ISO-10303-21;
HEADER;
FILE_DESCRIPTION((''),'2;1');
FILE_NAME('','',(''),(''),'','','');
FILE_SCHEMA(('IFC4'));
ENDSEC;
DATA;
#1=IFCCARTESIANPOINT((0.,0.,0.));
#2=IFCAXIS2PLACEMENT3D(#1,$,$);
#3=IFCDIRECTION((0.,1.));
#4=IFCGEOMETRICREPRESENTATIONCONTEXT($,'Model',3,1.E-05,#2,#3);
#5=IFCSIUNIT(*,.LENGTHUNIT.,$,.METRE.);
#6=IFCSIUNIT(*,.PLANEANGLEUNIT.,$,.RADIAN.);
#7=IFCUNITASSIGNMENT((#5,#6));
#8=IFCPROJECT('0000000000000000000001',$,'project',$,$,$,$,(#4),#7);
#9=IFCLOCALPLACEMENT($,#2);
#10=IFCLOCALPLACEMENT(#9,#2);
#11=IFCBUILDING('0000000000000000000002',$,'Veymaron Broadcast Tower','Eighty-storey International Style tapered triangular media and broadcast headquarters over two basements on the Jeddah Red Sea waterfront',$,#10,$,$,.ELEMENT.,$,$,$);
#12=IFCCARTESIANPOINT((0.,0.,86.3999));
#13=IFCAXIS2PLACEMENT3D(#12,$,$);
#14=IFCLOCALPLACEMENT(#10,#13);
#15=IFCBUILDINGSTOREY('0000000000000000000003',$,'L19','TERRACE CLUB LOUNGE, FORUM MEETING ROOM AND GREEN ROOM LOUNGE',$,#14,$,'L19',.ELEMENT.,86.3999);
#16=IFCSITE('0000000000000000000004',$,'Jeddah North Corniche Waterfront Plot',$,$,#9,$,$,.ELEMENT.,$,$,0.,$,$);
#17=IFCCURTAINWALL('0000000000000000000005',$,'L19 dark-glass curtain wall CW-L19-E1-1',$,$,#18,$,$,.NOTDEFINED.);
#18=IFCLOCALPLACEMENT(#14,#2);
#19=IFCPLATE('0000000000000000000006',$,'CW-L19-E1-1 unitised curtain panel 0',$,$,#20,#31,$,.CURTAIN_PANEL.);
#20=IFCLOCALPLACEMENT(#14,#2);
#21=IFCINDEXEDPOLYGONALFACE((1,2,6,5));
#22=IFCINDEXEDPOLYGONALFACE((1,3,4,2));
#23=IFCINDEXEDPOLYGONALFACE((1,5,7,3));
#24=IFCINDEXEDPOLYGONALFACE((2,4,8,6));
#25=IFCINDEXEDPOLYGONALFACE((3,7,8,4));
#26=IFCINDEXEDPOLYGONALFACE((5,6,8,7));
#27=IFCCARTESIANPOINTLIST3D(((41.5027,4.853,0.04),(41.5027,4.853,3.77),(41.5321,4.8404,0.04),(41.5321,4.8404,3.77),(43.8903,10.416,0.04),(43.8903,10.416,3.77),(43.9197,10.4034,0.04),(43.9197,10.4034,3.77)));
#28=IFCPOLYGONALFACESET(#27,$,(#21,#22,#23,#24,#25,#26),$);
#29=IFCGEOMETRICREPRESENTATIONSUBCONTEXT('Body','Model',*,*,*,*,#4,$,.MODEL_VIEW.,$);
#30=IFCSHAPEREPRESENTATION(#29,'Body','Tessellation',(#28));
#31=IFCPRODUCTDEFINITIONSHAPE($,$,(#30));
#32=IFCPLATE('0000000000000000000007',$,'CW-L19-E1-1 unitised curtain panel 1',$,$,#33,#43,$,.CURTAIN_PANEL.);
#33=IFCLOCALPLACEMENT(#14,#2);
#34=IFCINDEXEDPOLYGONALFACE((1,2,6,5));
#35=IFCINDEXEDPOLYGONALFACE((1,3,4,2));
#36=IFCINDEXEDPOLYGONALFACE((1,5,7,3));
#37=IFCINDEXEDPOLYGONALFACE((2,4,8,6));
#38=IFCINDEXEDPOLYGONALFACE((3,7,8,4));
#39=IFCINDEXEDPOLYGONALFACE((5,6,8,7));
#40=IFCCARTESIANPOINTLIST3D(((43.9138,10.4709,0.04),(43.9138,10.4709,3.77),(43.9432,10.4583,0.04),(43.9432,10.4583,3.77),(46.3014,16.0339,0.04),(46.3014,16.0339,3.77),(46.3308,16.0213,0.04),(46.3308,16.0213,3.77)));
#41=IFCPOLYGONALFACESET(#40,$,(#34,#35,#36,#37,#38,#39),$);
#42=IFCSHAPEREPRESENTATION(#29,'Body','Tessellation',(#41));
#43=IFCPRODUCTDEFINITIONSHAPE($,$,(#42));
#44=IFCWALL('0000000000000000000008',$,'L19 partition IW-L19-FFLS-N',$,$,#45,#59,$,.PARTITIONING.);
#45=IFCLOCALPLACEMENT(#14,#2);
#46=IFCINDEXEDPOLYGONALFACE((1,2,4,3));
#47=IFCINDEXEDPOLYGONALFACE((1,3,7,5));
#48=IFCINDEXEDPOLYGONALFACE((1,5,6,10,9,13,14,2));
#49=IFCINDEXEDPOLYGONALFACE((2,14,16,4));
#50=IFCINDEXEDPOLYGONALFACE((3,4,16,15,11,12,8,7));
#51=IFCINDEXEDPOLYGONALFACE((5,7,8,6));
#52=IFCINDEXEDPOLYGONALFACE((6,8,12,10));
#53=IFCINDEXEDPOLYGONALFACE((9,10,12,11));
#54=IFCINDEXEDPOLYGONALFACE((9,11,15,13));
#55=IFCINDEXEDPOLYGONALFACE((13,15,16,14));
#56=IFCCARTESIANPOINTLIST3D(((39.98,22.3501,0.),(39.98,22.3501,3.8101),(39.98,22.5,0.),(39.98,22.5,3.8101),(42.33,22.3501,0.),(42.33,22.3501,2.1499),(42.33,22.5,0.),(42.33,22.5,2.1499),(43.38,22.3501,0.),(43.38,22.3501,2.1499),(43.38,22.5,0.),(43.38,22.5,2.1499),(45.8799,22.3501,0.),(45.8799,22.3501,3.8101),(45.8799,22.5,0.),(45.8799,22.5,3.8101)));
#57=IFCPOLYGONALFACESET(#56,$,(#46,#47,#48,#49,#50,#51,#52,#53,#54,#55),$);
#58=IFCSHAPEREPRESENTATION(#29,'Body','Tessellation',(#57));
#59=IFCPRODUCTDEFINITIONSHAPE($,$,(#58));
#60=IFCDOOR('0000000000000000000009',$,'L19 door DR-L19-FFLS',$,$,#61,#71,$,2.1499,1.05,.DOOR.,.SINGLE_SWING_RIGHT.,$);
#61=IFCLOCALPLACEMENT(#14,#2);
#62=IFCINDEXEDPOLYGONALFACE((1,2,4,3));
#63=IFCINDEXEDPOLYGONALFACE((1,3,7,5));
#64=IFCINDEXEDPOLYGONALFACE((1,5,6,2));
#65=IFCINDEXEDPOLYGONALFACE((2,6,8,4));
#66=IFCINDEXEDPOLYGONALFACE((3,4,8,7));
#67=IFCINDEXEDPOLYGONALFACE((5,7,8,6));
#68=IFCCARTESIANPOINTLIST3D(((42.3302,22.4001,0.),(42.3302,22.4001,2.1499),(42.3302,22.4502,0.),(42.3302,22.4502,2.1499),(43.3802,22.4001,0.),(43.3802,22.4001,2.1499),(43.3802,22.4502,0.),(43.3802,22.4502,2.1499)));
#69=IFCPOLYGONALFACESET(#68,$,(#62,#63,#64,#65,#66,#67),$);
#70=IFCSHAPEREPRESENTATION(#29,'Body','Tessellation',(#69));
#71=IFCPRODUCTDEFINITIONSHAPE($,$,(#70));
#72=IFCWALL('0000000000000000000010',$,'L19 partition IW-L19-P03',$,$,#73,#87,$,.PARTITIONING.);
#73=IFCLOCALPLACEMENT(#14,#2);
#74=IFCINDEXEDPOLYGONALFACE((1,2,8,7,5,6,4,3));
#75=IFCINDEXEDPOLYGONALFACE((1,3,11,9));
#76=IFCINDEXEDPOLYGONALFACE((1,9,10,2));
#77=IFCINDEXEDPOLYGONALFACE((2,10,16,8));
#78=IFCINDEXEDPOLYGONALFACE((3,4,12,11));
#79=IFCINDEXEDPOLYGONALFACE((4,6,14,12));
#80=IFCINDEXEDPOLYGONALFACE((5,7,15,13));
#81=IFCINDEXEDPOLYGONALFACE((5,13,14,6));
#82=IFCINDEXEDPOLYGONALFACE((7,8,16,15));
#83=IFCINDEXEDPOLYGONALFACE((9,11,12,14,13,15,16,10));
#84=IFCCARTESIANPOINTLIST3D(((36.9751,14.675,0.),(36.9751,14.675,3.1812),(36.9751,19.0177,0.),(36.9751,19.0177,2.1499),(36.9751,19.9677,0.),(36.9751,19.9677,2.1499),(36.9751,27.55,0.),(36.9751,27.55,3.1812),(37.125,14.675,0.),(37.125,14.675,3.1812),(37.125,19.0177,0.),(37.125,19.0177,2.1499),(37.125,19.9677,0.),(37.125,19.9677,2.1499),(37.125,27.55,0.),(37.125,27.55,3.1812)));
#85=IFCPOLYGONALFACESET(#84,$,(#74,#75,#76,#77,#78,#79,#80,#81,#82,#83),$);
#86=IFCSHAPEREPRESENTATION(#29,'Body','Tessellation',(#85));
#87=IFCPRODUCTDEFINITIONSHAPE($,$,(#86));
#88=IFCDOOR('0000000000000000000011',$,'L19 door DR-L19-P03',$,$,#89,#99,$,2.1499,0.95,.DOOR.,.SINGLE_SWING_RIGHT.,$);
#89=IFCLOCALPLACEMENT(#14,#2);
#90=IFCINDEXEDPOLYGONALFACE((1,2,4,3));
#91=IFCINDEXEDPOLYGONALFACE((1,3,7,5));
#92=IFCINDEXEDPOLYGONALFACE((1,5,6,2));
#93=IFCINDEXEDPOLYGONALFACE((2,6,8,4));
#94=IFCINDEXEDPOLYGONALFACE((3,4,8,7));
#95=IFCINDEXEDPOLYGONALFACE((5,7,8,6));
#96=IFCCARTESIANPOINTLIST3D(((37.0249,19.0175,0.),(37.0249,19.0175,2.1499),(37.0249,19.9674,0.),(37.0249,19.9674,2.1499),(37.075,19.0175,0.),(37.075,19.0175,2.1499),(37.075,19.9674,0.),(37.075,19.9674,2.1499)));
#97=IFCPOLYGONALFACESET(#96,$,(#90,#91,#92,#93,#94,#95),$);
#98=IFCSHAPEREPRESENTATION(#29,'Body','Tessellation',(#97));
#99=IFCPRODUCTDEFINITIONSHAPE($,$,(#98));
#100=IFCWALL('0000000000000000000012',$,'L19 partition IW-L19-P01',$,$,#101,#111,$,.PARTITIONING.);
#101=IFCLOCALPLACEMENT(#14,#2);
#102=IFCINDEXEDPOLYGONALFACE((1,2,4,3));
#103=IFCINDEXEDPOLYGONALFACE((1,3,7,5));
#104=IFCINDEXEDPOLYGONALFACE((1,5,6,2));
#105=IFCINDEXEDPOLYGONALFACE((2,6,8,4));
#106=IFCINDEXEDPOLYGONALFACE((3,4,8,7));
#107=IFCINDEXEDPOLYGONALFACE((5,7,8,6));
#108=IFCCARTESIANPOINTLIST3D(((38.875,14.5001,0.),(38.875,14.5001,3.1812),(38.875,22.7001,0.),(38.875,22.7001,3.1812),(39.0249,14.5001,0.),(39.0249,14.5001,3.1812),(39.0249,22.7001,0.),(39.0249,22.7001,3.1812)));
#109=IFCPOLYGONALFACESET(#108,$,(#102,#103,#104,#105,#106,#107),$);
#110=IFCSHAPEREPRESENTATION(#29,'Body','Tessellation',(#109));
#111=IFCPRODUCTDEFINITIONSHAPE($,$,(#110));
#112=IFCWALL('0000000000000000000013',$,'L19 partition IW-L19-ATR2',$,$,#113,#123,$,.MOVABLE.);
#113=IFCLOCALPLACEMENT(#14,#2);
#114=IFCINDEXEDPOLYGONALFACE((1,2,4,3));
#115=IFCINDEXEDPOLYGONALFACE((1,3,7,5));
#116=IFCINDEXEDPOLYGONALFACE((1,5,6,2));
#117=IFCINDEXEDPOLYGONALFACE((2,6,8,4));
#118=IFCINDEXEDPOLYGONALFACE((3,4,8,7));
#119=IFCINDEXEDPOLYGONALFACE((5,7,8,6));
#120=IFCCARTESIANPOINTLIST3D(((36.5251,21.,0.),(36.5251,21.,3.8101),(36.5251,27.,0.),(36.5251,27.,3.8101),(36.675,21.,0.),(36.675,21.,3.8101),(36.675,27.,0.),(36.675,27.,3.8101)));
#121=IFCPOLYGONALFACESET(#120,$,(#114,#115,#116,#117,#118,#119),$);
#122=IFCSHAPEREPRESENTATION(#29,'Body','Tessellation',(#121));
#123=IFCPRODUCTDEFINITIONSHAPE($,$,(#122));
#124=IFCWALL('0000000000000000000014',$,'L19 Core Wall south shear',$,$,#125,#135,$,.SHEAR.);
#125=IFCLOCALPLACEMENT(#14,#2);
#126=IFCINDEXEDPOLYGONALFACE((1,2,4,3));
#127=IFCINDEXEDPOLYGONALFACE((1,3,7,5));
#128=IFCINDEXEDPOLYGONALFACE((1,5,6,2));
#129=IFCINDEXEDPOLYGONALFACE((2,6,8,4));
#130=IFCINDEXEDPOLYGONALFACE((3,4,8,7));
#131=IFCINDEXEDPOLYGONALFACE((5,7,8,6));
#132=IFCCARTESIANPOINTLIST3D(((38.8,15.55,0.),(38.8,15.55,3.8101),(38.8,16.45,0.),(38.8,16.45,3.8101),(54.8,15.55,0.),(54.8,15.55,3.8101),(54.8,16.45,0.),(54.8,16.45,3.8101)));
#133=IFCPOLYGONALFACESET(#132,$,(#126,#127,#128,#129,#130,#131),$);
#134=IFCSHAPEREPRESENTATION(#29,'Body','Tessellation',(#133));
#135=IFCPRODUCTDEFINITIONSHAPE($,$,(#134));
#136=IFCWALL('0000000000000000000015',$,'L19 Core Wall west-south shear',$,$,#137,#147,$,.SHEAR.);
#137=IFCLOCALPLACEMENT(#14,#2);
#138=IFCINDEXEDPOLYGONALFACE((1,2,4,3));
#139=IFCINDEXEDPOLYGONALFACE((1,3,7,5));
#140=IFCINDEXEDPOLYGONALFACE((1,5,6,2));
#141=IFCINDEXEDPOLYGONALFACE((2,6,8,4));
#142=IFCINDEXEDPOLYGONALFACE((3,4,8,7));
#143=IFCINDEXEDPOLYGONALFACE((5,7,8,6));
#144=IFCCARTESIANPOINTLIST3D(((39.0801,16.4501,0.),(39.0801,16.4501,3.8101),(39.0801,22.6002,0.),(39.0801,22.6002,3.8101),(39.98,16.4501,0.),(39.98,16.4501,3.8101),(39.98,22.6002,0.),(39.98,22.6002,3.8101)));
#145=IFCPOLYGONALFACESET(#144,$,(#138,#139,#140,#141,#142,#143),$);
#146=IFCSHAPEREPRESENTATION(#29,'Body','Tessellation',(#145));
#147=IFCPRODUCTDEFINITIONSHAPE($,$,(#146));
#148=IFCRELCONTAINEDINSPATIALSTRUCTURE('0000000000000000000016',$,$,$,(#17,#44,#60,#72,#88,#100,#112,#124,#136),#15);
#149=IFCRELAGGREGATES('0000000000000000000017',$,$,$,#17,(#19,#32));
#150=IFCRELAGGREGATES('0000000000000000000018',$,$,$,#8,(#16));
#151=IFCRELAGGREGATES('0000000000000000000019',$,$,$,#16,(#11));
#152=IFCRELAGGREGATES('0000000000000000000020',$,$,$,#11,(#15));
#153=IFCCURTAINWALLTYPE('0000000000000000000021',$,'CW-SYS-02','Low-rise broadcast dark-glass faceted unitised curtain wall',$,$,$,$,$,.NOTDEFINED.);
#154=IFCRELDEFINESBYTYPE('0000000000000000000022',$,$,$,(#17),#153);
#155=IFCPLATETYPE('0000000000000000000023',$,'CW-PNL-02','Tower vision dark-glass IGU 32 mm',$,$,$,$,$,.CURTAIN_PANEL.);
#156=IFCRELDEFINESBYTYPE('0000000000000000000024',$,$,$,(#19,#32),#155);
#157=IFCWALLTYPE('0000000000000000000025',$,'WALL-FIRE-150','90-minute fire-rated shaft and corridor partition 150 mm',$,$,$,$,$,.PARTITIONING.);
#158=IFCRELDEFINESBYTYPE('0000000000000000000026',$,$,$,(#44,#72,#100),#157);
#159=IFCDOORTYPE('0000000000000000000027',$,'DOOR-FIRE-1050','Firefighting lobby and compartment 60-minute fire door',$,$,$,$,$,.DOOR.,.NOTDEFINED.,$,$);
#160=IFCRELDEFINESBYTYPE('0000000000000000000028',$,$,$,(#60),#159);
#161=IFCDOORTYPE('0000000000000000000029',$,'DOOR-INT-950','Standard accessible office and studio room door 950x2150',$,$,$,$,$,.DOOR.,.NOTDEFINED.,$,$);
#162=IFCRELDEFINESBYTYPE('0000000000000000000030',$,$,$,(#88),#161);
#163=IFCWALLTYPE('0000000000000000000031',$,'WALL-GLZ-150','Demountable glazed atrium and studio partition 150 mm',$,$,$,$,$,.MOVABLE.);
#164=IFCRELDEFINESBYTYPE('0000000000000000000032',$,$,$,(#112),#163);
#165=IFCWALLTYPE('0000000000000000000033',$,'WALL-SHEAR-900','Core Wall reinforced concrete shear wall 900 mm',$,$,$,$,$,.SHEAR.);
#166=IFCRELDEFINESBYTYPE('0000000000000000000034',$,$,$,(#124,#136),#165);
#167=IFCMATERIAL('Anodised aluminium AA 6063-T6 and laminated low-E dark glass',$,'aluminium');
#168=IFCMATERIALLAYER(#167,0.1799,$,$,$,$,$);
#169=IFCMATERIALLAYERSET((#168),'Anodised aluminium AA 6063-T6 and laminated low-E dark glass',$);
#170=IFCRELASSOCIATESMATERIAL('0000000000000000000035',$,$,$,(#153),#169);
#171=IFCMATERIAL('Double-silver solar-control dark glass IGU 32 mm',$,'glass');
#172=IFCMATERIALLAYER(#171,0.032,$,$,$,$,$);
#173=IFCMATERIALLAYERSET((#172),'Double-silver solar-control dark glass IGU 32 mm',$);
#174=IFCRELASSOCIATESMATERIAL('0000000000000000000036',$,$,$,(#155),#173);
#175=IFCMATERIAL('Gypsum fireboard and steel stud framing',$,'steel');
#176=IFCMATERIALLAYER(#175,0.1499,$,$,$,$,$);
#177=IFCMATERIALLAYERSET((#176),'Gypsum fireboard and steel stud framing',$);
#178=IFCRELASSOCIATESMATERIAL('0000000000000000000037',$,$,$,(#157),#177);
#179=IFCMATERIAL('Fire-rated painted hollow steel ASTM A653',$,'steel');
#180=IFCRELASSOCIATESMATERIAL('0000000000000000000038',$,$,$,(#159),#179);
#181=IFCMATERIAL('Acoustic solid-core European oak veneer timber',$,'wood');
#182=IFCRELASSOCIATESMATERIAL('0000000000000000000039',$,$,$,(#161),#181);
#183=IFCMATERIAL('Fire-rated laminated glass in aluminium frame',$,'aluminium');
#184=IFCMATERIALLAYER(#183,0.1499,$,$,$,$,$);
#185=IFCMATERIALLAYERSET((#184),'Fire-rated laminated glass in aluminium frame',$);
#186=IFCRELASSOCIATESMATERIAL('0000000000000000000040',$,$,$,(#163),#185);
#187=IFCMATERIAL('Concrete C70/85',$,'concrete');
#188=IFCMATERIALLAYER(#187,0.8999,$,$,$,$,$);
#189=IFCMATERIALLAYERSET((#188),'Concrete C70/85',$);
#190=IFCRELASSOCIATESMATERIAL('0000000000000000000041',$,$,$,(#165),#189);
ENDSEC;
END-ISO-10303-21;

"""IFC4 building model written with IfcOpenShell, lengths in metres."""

from ifc_helpers import new_model, si_unit, direction, frame, frame_2d, origin, origin_2d, place, context, subcontext, project, spatial, rectangle, extrude, material, layer, layer_set, type_object, element, fill, aggregate, save


model = new_model("IFC4")

# Units and contexts
model_context = context("Model", 3, precision=1e-05, world=origin(), true_north=direction((0.0, 1.0)))
body_context = subcontext(model_context, "Body", "Model", "MODEL_VIEW")
ifc_project = project(units=[si_unit("LENGTHUNIT", "METRE"), si_unit("PLANEANGLEUNIT", "RADIAN")], contexts=[model_context])

# Site, building, storey
site_placement = place(None, origin())
site = spatial("IfcSite", under=ifc_project, at=site_placement, Name="Jeddah North Corniche Waterfront Plot", CompositionType="ELEMENT", RefElevation=0.0)
building_placement = place(site_placement, origin())
building = spatial("IfcBuilding", under=site, at=building_placement, Name="Veymaron Broadcast Tower", Description="Eighty-storey International Style tapered triangular media and broadcast headquarters over two basements on the Jeddah Red Sea waterfront", CompositionType="ELEMENT")
storey_placement = place(building_placement, frame((0.0, 0.0, 86.3999)))
storey = spatial("IfcBuildingStorey", under=building, at=storey_placement, Name="L19", Description="TERRACE CLUB LOUNGE, FORUM MEETING ROOM AND GREEN ROOM LOUNGE", LongName="L19", CompositionType="ELEMENT", Elevation=86.3999)

# Shared definitions
ifc_material_1 = material(Name="Concrete C70/85", Category="concrete")

# Curtain wall, plates
ifc_material_2 = material(Name="Anodised aluminium AA 6063-T6 and laminated low-E dark glass", Category="aluminium")
ifc_layer_1 = layer(ifc_material_2, 0.1799)
ifc_layer_set_1 = layer_set([ifc_layer_1], Name="Anodised aluminium AA 6063-T6 and laminated low-E dark glass")
curtain_wall_type = type_object("IfcCurtainWallType", Name="CW-SYS-02", Description="Low-rise broadcast dark-glass faceted unitised curtain wall", PredefinedType="NOTDEFINED", material=ifc_layer_set_1)
curtain_wall_placement = place(storey_placement, origin())
curtain_wall = element("IfcCurtainWall", 1, at=curtain_wall_placement, inside=storey, type_object=curtain_wall_type, Name="L19 dark-glass curtain wall CW-L19-E1-1", PredefinedType="NOTDEFINED")
ifc_material_3 = material(Name="Double-silver solar-control dark glass IGU 32 mm", Category="glass")
ifc_layer_2 = layer(ifc_material_3, 0.032)
ifc_layer_set_2 = layer_set([ifc_layer_2], Name="Double-silver solar-control dark glass IGU 32 mm")
plate_type = type_object("IfcPlateType", Name="CW-PNL-02", Description="Tower vision dark-glass IGU 32 mm", PredefinedType="CURTAIN_PANEL", material=ifc_layer_set_2)
plate_1_placement = place(storey_placement, frame((42.7112, 7.6282, 0.04), z_axis=(0.0, 0.0, 1.0), x_axis=(0.394407, 0.918936, 0.0)))
plate_1 = element("IfcPlate", 2, at=plate_1_placement, type_object=plate_type, Name="CW-L19-E1-1 unitised curtain panel 0", PredefinedType="CURTAIN_PANEL", context=body_context, shape_type="SweptSolid", body=[
    extrude(rectangle(XDim=6.0537, YDim=0.032, at=origin_2d()), origin(), (0.0, 0.0, 1.0), 3.73),
])
plate_2_placement = place(storey_placement, frame((45.1223, 13.2461, 0.04), z_axis=(0.0, 0.0, 1.0), x_axis=(0.394407, 0.918936, 0.0)))
plate_2 = element("IfcPlate", 3, at=plate_2_placement, type_object=plate_type, Name="CW-L19-E1-1 unitised curtain panel 1", PredefinedType="CURTAIN_PANEL", context=body_context, shape_type="SweptSolid", body=[
    extrude(rectangle(XDim=6.0537, YDim=0.032, at=origin_2d()), origin(), (0.0, 0.0, 1.0), 3.73),
])
aggregate(curtain_wall, [plate_1, plate_2])

# Walls, openings, doors
ifc_material_4 = material(Name="Gypsum fireboard and steel stud framing", Category="steel")
ifc_layer_3 = layer(ifc_material_4, 0.1499)
ifc_layer_set_3 = layer_set([ifc_layer_3], Name="Gypsum fireboard and steel stud framing")
wall_type_1 = type_object("IfcWallType", Name="WALL-FIRE-150", Description="90-minute fire-rated shaft and corridor partition 150 mm", PredefinedType="PARTITIONING", material=ifc_layer_set_3)
wall_1_placement = place(storey_placement, frame((39.98, 22.425, 0.0), z_axis=(0.0, 0.0, 1.0), x_axis=(1.0, 0.0, 0.0)))
wall_1 = element("IfcWall", 4, at=wall_1_placement, inside=storey, type_object=wall_type_1, Name="L19 partition IW-L19-FFLS-N", PredefinedType="PARTITIONING", context=body_context, shape_type="SweptSolid", body=[
    extrude(rectangle(XDim=5.8999, YDim=0.1499, at=frame_2d((2.95, 0.0))), origin(), (0.0, 0.0, 1.0), 3.8101),
])
opening_1_placement = place(wall_1_placement, frame((2.3501, 0.0, 0.0)))
opening_1 = element("IfcOpeningElement", 5, at=opening_1_placement, cuts=wall_1, PredefinedType="OPENING", context=body_context, shape_type="SweptSolid", body=[
    extrude(rectangle(XDim=1.05, YDim=2.1499, at=frame_2d((0.5249, 1.075))), frame((0.0, 0.085, 0.0), z_axis=(0.0, -1.0, 0.0), x_axis=(1.0, 0.0, 0.0)), (0.0, 0.0, 1.0), 0.1699),
])
ifc_material_5 = material(Name="Fire-rated painted hollow steel ASTM A653", Category="steel")
door_type_1 = type_object("IfcDoorType", Name="DOOR-FIRE-1050", Description="Firefighting lobby and compartment 60-minute fire door", OperationType="NOTDEFINED", PredefinedType="DOOR", material=ifc_material_5)
door_1_placement = place(opening_1_placement, frame((1.05, 0.0, 0.0), z_axis=(0.0, 0.0, 1.0), x_axis=(-1.0, 0.0, 0.0)))
door_1 = element("IfcDoor", 6, at=door_1_placement, inside=storey, type_object=door_type_1, Name="L19 door DR-L19-FFLS", OperationType="SINGLE_SWING_RIGHT", OverallHeight=2.1499, OverallWidth=1.05, PredefinedType="DOOR", context=body_context, shape_type="SweptSolid", body=[
    extrude(rectangle(XDim=1.05, YDim=2.1499, at=frame_2d((0.5249, 1.075))), frame((0.0, 0.0249, 0.0), z_axis=(0.0, -1.0, 0.0), x_axis=(1.0, 0.0, 0.0)), (0.0, 0.0, 1.0), 0.05),
])
fill(opening_1, door_1)
ifc_material_6 = material(Name="Acoustic solid-core European oak veneer timber", Category="wood")
door_type_2 = type_object("IfcDoorType", Name="DOOR-INT-950", Description="Standard accessible office and studio room door 950x2150", OperationType="NOTDEFINED", PredefinedType="DOOR", material=ifc_material_6)
wall_2_placement = place(storey_placement, frame((37.05, 14.675, 0.0), z_axis=(0.0, 0.0, 1.0), x_axis=(0.0, 1.0, 0.0)))
wall_2 = element("IfcWall", 7, at=wall_2_placement, inside=storey, type_object=wall_type_1, Name="L19 partition IW-L19-P03", PredefinedType="PARTITIONING", context=body_context, shape_type="SweptSolid", body=[
    extrude(rectangle(XDim=12.875, YDim=0.1499, at=frame_2d((6.4375, 0.0))), origin(), (0.0, 0.0, 1.0), 3.1812),
])
opening_2_placement = place(wall_2_placement, frame((4.3425, 0.0, 0.0)))
opening_2 = element("IfcOpeningElement", 8, at=opening_2_placement, cuts=wall_2, PredefinedType="OPENING", context=body_context, shape_type="SweptSolid", body=[
    extrude(rectangle(XDim=0.95, YDim=2.1499, at=frame_2d((0.4751, 1.075))), frame((0.0, 0.085, 0.0), z_axis=(0.0, -1.0, 0.0), x_axis=(1.0, 0.0, 0.0)), (0.0, 0.0, 1.0), 0.1699),
])
door_2_placement = place(opening_2_placement, frame((0.95, 0.0, 0.0), z_axis=(0.0, 0.0, 1.0), x_axis=(-1.0, 0.0, 0.0)))
door_2 = element("IfcDoor", 9, at=door_2_placement, inside=storey, type_object=door_type_2, Name="L19 door DR-L19-P03", OperationType="SINGLE_SWING_RIGHT", OverallHeight=2.1499, OverallWidth=0.95, PredefinedType="DOOR", context=body_context, shape_type="SweptSolid", body=[
    extrude(rectangle(XDim=0.95, YDim=2.1499, at=frame_2d((0.4751, 1.075))), frame((0.0, 0.0249, 0.0), z_axis=(0.0, -1.0, 0.0), x_axis=(1.0, 0.0, 0.0)), (0.0, 0.0, 1.0), 0.05),
])
fill(opening_2, door_2)

# Walls
wall_3_placement = place(storey_placement, frame((38.95, 14.5, 0.0), z_axis=(0.0, 0.0, 1.0), x_axis=(0.0, 1.0, 0.0)))
element("IfcWall", 10, at=wall_3_placement, inside=storey, type_object=wall_type_1, Name="L19 partition IW-L19-P01", PredefinedType="PARTITIONING", context=body_context, shape_type="SweptSolid", body=[
    extrude(rectangle(XDim=8.2, YDim=0.1499, at=frame_2d((4.1001, 0.0))), origin(), (0.0, 0.0, 1.0), 3.1812),
])
ifc_material_7 = material(Name="Fire-rated laminated glass in aluminium frame", Category="aluminium")
ifc_layer_4 = layer(ifc_material_7, 0.1499)
ifc_layer_set_4 = layer_set([ifc_layer_4], Name="Fire-rated laminated glass in aluminium frame")
wall_type_2 = type_object("IfcWallType", Name="WALL-GLZ-150", Description="Demountable glazed atrium and studio partition 150 mm", PredefinedType="MOVABLE", material=ifc_layer_set_4)
wall_4_placement = place(storey_placement, frame((36.6001, 21.0, 0.0), z_axis=(0.0, 0.0, 1.0), x_axis=(0.0, 1.0, 0.0)))
element("IfcWall", 11, at=wall_4_placement, inside=storey, type_object=wall_type_2, Name="L19 partition IW-L19-ATR2", PredefinedType="MOVABLE", context=body_context, shape_type="SweptSolid", body=[
    extrude(rectangle(XDim=6.0, YDim=0.1499, at=frame_2d((3.0, 0.0))), origin(), (0.0, 0.0, 1.0), 3.8101),
])

# Walls
ifc_layer_5 = layer(ifc_material_1, 0.8999)
ifc_layer_set_5 = layer_set([ifc_layer_5], Name="Concrete C70/85")
wall_type_3 = type_object("IfcWallType", Name="WALL-SHEAR-900", Description="Core Wall reinforced concrete shear wall 900 mm", PredefinedType="SHEAR", material=ifc_layer_set_5)
wall_5_placement = place(storey_placement, frame((38.8, 16.0, 0.0), z_axis=(0.0, 0.0, 1.0), x_axis=(1.0, 0.0, 0.0)))
element("IfcWall", 12, at=wall_5_placement, inside=storey, type_object=wall_type_3, Name="L19 Core Wall south shear", PredefinedType="SHEAR", context=body_context, shape_type="SweptSolid", body=[
    extrude(rectangle(XDim=16.0, YDim=0.8999, at=frame_2d((8.0, 0.0))), origin(), (0.0, 0.0, 1.0), 3.8101),
])
wall_6_placement = place(storey_placement, frame((39.53, 16.45, 0.0), z_axis=(0.0, 0.0, 1.0), x_axis=(0.0, 1.0, 0.0)))
element("IfcWall", 13, at=wall_6_placement, inside=storey, type_object=wall_type_3, Name="L19 Core Wall west-south shear", PredefinedType="SHEAR", context=body_context, shape_type="SweptSolid", body=[
    extrude(rectangle(XDim=6.1501, YDim=0.8999, at=frame_2d((3.0752, 0.0))), origin(), (0.0, 0.0, 1.0), 3.8101),
])

save(model, "model.ifc")
